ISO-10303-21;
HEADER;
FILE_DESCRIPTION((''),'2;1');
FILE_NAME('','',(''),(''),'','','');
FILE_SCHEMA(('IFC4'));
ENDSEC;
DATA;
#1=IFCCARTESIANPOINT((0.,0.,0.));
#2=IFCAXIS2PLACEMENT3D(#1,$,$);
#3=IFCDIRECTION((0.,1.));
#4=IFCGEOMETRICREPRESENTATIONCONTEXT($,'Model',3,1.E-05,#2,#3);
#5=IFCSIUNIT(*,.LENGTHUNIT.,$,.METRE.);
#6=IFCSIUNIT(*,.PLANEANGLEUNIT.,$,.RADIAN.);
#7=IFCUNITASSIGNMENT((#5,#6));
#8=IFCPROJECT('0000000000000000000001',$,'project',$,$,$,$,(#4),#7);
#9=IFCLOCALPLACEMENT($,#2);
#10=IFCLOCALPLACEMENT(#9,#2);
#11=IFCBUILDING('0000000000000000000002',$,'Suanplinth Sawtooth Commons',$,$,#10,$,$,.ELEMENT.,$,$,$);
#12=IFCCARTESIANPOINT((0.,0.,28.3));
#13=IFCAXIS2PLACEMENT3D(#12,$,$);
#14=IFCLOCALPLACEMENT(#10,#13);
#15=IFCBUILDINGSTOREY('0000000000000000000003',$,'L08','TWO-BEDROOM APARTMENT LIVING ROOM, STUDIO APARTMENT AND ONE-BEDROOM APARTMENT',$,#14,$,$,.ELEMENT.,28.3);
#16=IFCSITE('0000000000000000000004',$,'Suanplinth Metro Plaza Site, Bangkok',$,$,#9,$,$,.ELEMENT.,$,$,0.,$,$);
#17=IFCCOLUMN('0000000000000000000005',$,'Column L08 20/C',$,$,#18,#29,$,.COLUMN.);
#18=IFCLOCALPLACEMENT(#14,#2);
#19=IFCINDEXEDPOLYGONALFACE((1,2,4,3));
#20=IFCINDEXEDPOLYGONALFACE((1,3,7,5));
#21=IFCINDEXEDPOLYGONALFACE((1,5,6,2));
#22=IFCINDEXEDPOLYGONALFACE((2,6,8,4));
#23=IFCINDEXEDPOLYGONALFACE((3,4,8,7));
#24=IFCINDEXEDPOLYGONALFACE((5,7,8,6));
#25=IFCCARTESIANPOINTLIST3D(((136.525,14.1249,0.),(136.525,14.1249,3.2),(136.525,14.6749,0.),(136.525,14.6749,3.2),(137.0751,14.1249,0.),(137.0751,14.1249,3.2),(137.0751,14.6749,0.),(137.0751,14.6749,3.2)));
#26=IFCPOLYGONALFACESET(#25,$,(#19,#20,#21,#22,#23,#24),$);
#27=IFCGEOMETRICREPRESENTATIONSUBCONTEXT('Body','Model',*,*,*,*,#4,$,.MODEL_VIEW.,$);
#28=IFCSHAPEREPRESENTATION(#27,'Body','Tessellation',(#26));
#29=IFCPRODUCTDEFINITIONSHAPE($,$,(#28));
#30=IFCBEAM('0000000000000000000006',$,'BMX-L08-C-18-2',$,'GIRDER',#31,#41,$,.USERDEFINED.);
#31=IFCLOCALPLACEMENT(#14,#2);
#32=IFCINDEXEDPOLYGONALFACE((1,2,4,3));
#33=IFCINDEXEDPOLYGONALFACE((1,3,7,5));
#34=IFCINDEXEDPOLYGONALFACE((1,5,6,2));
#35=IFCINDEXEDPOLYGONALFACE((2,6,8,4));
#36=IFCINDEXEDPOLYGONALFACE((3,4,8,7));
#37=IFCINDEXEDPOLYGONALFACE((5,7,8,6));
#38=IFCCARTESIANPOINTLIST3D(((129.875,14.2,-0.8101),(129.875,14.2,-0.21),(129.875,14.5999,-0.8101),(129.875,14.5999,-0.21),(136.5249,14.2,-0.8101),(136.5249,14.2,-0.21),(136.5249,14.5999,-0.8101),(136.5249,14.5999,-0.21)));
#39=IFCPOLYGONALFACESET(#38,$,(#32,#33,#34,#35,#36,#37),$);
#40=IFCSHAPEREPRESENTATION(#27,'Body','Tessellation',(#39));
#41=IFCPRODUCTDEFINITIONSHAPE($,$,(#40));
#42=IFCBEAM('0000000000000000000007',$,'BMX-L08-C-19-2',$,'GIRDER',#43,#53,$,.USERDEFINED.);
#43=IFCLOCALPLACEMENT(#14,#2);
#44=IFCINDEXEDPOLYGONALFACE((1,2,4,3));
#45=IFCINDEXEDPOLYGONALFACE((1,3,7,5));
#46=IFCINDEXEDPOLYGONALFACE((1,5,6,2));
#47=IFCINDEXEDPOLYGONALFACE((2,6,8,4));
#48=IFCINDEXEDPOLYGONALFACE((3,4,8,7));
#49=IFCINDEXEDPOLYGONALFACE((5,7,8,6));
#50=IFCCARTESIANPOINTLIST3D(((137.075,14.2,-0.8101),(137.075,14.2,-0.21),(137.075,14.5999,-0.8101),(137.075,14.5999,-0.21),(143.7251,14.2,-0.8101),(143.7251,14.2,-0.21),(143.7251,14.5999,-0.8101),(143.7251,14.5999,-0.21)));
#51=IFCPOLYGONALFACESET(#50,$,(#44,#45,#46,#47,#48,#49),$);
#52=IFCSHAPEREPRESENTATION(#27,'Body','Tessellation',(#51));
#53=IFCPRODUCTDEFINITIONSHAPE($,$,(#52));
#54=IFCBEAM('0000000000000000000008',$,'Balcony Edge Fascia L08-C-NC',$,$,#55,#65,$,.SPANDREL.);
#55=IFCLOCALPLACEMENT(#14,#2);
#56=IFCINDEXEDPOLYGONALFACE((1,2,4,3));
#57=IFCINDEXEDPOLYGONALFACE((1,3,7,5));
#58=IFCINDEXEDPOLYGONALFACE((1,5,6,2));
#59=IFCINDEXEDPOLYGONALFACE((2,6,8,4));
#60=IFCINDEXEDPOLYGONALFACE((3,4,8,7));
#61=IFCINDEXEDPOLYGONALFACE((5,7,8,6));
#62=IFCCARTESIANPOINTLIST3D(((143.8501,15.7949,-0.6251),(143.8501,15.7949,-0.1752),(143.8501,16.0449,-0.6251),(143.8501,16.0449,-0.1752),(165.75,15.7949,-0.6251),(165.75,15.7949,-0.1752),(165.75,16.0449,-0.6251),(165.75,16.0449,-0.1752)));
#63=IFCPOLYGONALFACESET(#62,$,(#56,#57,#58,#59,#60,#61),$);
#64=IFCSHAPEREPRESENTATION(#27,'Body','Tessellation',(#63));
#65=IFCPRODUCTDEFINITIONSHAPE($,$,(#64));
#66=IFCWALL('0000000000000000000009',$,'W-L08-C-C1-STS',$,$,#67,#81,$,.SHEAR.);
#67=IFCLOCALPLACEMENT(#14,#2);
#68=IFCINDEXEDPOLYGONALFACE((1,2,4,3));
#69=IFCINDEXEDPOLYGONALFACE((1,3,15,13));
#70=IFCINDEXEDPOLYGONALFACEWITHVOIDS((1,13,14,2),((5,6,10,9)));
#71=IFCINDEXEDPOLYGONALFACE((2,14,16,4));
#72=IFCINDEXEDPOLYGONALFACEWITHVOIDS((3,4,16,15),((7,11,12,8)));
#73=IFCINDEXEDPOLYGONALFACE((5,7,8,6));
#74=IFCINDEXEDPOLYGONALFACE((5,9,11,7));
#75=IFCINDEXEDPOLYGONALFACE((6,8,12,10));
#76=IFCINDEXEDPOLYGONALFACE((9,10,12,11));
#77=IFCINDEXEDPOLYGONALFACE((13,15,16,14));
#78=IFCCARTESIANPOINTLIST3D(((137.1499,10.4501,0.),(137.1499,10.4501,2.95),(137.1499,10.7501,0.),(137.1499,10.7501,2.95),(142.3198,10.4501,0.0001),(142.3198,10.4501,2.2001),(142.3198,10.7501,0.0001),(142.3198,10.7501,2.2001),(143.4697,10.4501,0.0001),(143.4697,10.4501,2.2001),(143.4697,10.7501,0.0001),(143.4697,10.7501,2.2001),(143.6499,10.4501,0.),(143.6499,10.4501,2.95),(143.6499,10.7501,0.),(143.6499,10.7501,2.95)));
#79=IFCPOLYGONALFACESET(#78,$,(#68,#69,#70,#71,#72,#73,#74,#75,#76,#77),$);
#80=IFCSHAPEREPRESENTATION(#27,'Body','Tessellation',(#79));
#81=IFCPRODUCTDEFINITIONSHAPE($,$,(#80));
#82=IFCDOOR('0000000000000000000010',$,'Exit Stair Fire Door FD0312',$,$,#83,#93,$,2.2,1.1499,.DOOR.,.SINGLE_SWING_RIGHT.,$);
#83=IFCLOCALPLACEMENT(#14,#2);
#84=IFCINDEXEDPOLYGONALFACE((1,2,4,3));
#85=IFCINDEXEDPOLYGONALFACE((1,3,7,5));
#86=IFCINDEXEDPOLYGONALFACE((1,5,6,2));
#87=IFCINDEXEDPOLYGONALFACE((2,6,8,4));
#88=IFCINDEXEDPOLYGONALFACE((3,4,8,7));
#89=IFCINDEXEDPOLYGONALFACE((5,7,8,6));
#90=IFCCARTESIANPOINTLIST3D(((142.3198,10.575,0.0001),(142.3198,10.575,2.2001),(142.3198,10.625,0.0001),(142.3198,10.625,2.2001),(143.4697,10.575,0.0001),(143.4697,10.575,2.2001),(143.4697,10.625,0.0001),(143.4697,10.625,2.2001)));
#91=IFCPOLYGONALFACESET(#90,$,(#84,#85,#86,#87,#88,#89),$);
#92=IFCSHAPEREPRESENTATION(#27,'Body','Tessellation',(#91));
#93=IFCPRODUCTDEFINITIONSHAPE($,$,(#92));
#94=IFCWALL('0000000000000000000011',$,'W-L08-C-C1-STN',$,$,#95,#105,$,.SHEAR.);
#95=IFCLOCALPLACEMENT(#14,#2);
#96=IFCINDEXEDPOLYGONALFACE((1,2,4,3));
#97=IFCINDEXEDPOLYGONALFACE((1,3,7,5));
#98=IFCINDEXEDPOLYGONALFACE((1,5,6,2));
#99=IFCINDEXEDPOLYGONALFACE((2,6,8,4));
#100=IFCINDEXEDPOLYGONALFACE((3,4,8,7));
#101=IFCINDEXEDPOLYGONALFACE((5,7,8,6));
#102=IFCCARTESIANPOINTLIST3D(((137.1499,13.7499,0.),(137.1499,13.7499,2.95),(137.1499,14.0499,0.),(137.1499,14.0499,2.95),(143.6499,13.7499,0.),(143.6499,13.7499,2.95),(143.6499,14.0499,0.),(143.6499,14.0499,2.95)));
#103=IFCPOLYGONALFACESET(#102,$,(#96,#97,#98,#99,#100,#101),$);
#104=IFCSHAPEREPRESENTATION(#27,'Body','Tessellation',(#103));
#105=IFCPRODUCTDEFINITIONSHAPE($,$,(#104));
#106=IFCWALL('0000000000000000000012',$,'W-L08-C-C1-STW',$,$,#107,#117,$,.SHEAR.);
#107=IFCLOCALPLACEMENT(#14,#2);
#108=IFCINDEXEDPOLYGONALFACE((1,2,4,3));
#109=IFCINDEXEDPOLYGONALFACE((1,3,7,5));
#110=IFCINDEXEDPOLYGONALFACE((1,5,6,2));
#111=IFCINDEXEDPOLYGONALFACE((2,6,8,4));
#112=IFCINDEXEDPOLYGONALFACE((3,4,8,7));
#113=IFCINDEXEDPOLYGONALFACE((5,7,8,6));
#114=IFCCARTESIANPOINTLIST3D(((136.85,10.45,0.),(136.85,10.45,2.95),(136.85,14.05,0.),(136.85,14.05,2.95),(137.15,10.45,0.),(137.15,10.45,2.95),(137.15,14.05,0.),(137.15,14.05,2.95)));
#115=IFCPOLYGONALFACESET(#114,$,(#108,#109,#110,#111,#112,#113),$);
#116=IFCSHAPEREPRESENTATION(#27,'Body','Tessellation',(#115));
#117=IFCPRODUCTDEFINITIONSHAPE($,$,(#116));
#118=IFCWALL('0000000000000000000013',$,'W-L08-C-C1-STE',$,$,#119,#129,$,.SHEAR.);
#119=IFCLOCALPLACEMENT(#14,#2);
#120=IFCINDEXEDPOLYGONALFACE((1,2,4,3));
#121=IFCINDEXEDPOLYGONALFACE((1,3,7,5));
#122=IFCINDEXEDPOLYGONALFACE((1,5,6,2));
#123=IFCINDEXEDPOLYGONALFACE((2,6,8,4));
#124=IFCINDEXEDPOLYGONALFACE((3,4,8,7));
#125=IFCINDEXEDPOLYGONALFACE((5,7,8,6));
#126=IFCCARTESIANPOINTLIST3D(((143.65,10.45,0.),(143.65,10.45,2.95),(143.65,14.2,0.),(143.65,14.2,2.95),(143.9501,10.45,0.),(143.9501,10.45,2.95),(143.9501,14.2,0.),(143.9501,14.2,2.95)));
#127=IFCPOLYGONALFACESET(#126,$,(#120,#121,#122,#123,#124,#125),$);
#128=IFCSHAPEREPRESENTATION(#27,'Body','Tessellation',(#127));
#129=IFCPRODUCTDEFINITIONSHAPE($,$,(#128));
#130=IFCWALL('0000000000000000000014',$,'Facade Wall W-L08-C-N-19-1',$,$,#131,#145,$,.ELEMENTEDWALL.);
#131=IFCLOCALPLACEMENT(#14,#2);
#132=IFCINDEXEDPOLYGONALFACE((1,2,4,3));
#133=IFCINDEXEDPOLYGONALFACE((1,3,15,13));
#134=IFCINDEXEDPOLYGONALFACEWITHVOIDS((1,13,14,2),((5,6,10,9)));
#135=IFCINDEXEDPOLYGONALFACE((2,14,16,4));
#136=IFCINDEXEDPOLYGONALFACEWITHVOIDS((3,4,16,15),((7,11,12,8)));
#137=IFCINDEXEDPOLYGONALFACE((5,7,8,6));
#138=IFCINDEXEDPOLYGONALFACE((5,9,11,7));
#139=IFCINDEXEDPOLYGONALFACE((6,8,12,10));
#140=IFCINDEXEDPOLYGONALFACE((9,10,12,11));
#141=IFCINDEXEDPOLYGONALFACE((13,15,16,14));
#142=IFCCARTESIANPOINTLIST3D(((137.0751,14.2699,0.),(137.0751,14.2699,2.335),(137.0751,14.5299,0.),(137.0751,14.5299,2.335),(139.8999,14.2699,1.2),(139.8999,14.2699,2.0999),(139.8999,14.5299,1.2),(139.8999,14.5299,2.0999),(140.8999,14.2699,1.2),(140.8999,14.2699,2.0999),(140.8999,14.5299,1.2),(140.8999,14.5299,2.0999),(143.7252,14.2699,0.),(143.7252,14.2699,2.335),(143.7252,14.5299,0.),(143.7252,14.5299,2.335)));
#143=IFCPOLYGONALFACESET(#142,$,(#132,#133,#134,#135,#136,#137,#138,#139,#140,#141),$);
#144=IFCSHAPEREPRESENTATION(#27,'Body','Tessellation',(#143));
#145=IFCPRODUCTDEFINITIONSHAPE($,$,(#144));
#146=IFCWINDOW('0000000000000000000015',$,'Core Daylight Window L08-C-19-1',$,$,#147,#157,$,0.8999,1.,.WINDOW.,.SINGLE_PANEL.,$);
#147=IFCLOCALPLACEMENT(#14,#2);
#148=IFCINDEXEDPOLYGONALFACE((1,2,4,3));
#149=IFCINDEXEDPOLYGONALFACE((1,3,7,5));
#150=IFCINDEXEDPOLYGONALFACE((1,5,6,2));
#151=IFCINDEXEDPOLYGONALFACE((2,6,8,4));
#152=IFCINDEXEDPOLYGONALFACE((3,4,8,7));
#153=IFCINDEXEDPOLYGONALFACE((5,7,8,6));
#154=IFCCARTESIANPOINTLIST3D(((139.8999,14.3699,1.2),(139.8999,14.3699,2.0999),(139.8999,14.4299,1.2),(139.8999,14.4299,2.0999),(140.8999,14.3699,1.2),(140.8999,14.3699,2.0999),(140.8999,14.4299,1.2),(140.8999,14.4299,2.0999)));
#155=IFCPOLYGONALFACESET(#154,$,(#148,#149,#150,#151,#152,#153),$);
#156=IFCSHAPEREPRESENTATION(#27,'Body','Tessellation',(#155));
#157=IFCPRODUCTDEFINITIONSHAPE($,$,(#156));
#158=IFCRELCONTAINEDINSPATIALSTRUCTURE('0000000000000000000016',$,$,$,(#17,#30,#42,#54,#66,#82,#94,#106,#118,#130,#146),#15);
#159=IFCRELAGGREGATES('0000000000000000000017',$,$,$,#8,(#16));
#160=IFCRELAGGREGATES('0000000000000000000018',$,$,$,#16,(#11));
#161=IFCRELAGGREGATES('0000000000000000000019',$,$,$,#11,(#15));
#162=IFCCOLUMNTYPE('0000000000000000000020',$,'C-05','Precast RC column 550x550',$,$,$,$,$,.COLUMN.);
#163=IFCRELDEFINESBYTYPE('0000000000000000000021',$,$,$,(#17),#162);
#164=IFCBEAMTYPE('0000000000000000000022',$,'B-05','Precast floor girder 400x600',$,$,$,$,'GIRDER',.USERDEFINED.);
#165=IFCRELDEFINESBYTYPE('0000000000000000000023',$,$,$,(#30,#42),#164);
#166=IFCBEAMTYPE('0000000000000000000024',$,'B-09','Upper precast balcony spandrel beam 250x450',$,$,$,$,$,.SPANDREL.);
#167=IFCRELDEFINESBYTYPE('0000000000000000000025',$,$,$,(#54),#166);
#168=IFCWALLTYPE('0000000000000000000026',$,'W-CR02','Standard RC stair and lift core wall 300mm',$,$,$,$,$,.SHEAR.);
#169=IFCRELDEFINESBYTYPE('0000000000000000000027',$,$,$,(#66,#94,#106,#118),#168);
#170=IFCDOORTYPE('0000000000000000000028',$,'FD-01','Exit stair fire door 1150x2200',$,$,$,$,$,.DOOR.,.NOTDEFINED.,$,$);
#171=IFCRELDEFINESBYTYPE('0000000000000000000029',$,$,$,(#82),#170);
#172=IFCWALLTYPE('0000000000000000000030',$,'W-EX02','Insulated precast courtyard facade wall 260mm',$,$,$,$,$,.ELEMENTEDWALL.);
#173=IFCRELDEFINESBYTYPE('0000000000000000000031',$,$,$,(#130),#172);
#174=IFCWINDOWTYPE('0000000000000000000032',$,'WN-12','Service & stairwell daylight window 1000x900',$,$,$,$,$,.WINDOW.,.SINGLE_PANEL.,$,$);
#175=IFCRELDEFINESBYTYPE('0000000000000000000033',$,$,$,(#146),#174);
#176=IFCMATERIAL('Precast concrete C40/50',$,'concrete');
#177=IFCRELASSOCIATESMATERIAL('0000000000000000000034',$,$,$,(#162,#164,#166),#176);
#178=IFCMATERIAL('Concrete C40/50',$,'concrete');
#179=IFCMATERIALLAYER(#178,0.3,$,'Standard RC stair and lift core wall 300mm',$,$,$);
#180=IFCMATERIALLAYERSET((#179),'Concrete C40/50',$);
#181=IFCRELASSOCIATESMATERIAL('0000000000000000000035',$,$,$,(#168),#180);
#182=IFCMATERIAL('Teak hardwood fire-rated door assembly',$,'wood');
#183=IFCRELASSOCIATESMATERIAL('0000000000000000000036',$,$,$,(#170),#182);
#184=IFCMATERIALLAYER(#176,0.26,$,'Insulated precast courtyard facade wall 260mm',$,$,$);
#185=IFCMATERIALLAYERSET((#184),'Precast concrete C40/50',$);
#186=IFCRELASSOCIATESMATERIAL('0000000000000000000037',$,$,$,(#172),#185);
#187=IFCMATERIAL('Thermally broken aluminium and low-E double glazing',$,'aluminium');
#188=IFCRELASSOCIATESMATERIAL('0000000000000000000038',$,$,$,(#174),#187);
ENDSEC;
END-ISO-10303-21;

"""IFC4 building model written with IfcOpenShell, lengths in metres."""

from ifc_helpers import new_model, si_unit, direction, frame, frame_2d, origin, origin_2d, place, context, subcontext, project, spatial, rectangle, extrude, material, layer, layer_set, material_profile, profile_set, type_object, element, fill, save


model = new_model("IFC4")

# Units and contexts
model_context = context("Model", 3, precision=1e-05, world=origin(), true_north=direction((0.0, 1.0)))
body_context = subcontext(model_context, "Body", "Model", "MODEL_VIEW")
ifc_project = project(units=[si_unit("LENGTHUNIT", "METRE"), si_unit("PLANEANGLEUNIT", "RADIAN")], contexts=[model_context])

# Site, building, storey
site_placement = place(None, origin())
site = spatial("IfcSite", under=ifc_project, at=site_placement, Name="Suanplinth Metro Plaza Site, Bangkok", CompositionType="ELEMENT", RefElevation=0.0)
building_placement = place(site_placement, origin())
building = spatial("IfcBuilding", under=site, at=building_placement, Name="Suanplinth Sawtooth Commons", CompositionType="ELEMENT")
storey_placement = place(building_placement, frame((0.0, 0.0, 28.3)))
storey = spatial("IfcBuildingStorey", under=building, at=storey_placement, Name="L08", Description="TWO-BEDROOM APARTMENT LIVING ROOM, STUDIO APARTMENT AND ONE-BEDROOM APARTMENT", CompositionType="ELEMENT", Elevation=28.3)

# Column
ifc_material_1 = material(Name="Precast concrete C40/50", Category="concrete")
ifc_material_profile_1 = material_profile(ifc_material_1, rectangle(XDim=0.55, YDim=0.55, at=origin_2d()), Name="PC-COL 550x550")
ifc_profile_set_1 = profile_set([ifc_material_profile_1], Name="Precast concrete C40/50")
column_type = type_object("IfcColumnType", Name="C-05", Description="Precast RC column 550x550", PredefinedType="COLUMN", material=ifc_profile_set_1)
column_placement = place(storey_placement, frame((136.8, 14.3999, 0.0), z_axis=(0.0, 0.0, 1.0), x_axis=(1.0, 0.0, 0.0)))
element("IfcColumn", 1, at=column_placement, inside=storey, type_object=column_type, Name="Column L08 20/C", PredefinedType="COLUMN", context=body_context, shape_type="SweptSolid", body=[
    extrude(rectangle(XDim=0.55, YDim=0.55, at=origin_2d()), origin(), (0.0, 0.0, 1.0), 3.2),
])

# Beams
ifc_material_profile_2 = material_profile(ifc_material_1, rectangle(XDim=0.3999, YDim=0.6001, at=origin_2d()), Name="PC-GDR 400x600")
ifc_profile_set_2 = profile_set([ifc_material_profile_2], Name="Precast concrete C40/50")
beam_type_1 = type_object("IfcBeamType", Name="B-05", Description="Precast floor girder 400x600", ElementType="GIRDER", PredefinedType="USERDEFINED", material=ifc_profile_set_2)
beam_1_placement = place(storey_placement, frame((129.875, 14.3999, -0.51), z_axis=(1.0, 0.0, 0.0), x_axis=(0.0, 1.0, 0.0)))
element("IfcBeam", 2, at=beam_1_placement, inside=storey, type_object=beam_type_1, Name="BMX-L08-C-18-2", ObjectType="GIRDER", PredefinedType="USERDEFINED", context=body_context, shape_type="SweptSolid", body=[
    extrude(rectangle(XDim=0.3999, YDim=0.6001, at=origin_2d()), origin(), (0.0, 0.0, 1.0), 6.6499),
])
beam_2_placement = place(storey_placement, frame((137.075, 14.3999, -0.51), z_axis=(1.0, 0.0, 0.0), x_axis=(0.0, 1.0, 0.0)))
element("IfcBeam", 3, at=beam_2_placement, inside=storey, type_object=beam_type_1, Name="BMX-L08-C-19-2", ObjectType="GIRDER", PredefinedType="USERDEFINED", context=body_context, shape_type="SweptSolid", body=[
    extrude(rectangle(XDim=0.3999, YDim=0.6001, at=origin_2d()), origin(), (0.0, 0.0, 1.0), 6.6501),
])
ifc_material_profile_3 = material_profile(ifc_material_1, rectangle(XDim=0.25, YDim=0.45, at=origin_2d()), Name="PC-SP 250x450")
ifc_profile_set_3 = profile_set([ifc_material_profile_3], Name="Precast concrete C40/50")
beam_type_2 = type_object("IfcBeamType", Name="B-09", Description="Upper precast balcony spandrel beam 250x450", PredefinedType="SPANDREL", material=ifc_profile_set_3)
beam_3_placement = place(storey_placement, frame((143.8501, 15.9199, -0.4001), z_axis=(1.0, 0.0, 0.0), x_axis=(0.0, 1.0, 0.0)))
element("IfcBeam", 4, at=beam_3_placement, inside=storey, type_object=beam_type_2, Name="Balcony Edge Fascia L08-C-NC", PredefinedType="SPANDREL", context=body_context, shape_type="SweptSolid", body=[
    extrude(rectangle(XDim=0.25, YDim=0.45, at=origin_2d()), origin(), (0.0, 0.0, 1.0), 21.8999),
])

# Wall, opening, door
ifc_material_2 = material(Name="Concrete C40/50", Category="concrete")
ifc_layer_1 = layer(ifc_material_2, 0.3, Name="Standard RC stair and lift core wall 300mm")
ifc_layer_set_1 = layer_set([ifc_layer_1], Name="Concrete C40/50")
wall_type_1 = type_object("IfcWallType", Name="W-CR02", Description="Standard RC stair and lift core wall 300mm", PredefinedType="SHEAR", material=ifc_layer_set_1)
wall_1_placement = place(storey_placement, frame((137.1499, 10.6001, 0.0), z_axis=(0.0, 0.0, 1.0), x_axis=(1.0, 0.0, 0.0)))
wall_1 = element("IfcWall", 5, at=wall_1_placement, inside=storey, type_object=wall_type_1, Name="W-L08-C-C1-STS", PredefinedType="SHEAR", context=body_context, shape_type="SweptSolid", body=[
    extrude(rectangle(XDim=6.5, YDim=0.3, at=frame_2d((3.25, 0.0))), origin(), (0.0, 0.0, 1.0), 2.95),
])
opening_1_placement = place(wall_1_placement, frame((5.1699, 0.0, 0.0)))
opening_1 = element("IfcOpeningElement", 6, at=opening_1_placement, cuts=wall_1, PredefinedType="OPENING", context=body_context, shape_type="SweptSolid", body=[
    extrude(rectangle(XDim=1.1499, YDim=2.2, at=frame_2d((0.575, 1.1001))), frame((0.0, 0.165, 0.0), z_axis=(0.0, -1.0, 0.0), x_axis=(1.0, 0.0, 0.0)), (0.0, 0.0, 1.0), 0.3298),
])
ifc_material_3 = material(Name="Teak hardwood fire-rated door assembly", Category="wood")
door_type_1 = type_object("IfcDoorType", Name="FD-01", Description="Exit stair fire door 1150x2200", OperationType="NOTDEFINED", PredefinedType="DOOR", material=ifc_material_3)
door_1_placement = place(opening_1_placement, origin())
door_1 = element("IfcDoor", 7, at=door_1_placement, inside=storey, type_object=door_type_1, Name="Exit Stair Fire Door FD0312", OperationType="SINGLE_SWING_RIGHT", OverallHeight=2.2, OverallWidth=1.1499, PredefinedType="DOOR", context=body_context, shape_type="SweptSolid", body=[
    extrude(rectangle(XDim=1.1499, YDim=2.2, at=frame_2d((0.575, 1.1001))), frame((0.0, 0.0249, 0.0), z_axis=(0.0, -1.0, 0.0), x_axis=(1.0, 0.0, 0.0)), (0.0, 0.0, 1.0), 0.05),
])
fill(opening_1, door_1)

# Walls
wall_2_placement = place(storey_placement, frame((137.1499, 13.8999, 0.0), z_axis=(0.0, 0.0, 1.0), x_axis=(1.0, 0.0, 0.0)))
element("IfcWall", 8, at=wall_2_placement, inside=storey, type_object=wall_type_1, Name="W-L08-C-C1-STN", PredefinedType="SHEAR", context=body_context, shape_type="SweptSolid", body=[
    extrude(rectangle(XDim=6.5, YDim=0.3, at=frame_2d((3.25, 0.0))), origin(), (0.0, 0.0, 1.0), 2.95),
])
wall_3_placement = place(storey_placement, frame((137.0, 10.45, 0.0), z_axis=(0.0, 0.0, 1.0), x_axis=(0.0, 1.0, 0.0)))
element("IfcWall", 9, at=wall_3_placement, inside=storey, type_object=wall_type_1, Name="W-L08-C-C1-STW", PredefinedType="SHEAR", context=body_context, shape_type="SweptSolid", body=[
    extrude(rectangle(XDim=3.6001, YDim=0.3, at=frame_2d((1.8, 0.0))), origin(), (0.0, 0.0, 1.0), 2.95),
])
wall_4_placement = place(storey_placement, frame((143.8, 10.45, 0.0), z_axis=(0.0, 0.0, 1.0), x_axis=(0.0, 1.0, 0.0)))
element("IfcWall", 10, at=wall_4_placement, inside=storey, type_object=wall_type_1, Name="W-L08-C-C1-STE", PredefinedType="SHEAR", context=body_context, shape_type="SweptSolid", body=[
    extrude(rectangle(XDim=3.75, YDim=0.3, at=frame_2d((1.875, 0.0))), origin(), (0.0, 0.0, 1.0), 2.95),
])

# Wall, opening, window
ifc_layer_2 = layer(ifc_material_1, 0.26, Name="Insulated precast courtyard facade wall 260mm")
ifc_layer_set_2 = layer_set([ifc_layer_2], Name="Precast concrete C40/50")
wall_type_2 = type_object("IfcWallType", Name="W-EX02", Description="Insulated precast courtyard facade wall 260mm", PredefinedType="ELEMENTEDWALL", material=ifc_layer_set_2)
wall_5_placement = place(storey_placement, frame((137.075, 14.3999, 0.0), z_axis=(0.0, 0.0, 1.0), x_axis=(1.0, 0.0, 0.0)))
wall_5 = element("IfcWall", 11, at=wall_5_placement, inside=storey, type_object=wall_type_2, Name="Facade Wall W-L08-C-N-19-1", PredefinedType="ELEMENTEDWALL", context=body_context, shape_type="SweptSolid", body=[
    extrude(rectangle(XDim=6.6501, YDim=0.26, at=frame_2d((3.3252, 0.0))), origin(), (0.0, 0.0, 1.0), 2.335),
])
opening_2_placement = place(wall_5_placement, frame((2.825, 0.0, 1.2)))
opening_2 = element("IfcOpeningElement", 12, at=opening_2_placement, cuts=wall_5, PredefinedType="OPENING", context=body_context, shape_type="SweptSolid", body=[
    extrude(rectangle(XDim=1.0, YDim=0.8999, at=frame_2d((0.5, 0.45))), frame((0.0, 0.145, 0.0), z_axis=(0.0, -1.0, 0.0), x_axis=(1.0, 0.0, 0.0)), (0.0, 0.0, 1.0), 0.2898),
])
ifc_material_4 = material(Name="Thermally broken aluminium and low-E double glazing", Category="aluminium")
window_type = type_object("IfcWindowType", Name="WN-12", Description="Service & stairwell daylight window 1000x900", PartitioningType="SINGLE_PANEL", PredefinedType="WINDOW", material=ifc_material_4)
window_placement = place(opening_2_placement, origin())
window = element("IfcWindow", 13, at=window_placement, inside=storey, type_object=window_type, Name="Core Daylight Window L08-C-19-1", OverallHeight=0.8999, OverallWidth=1.0, PartitioningType="SINGLE_PANEL", PredefinedType="WINDOW", context=body_context, shape_type="SweptSolid", body=[
    extrude(rectangle(XDim=1.0, YDim=0.8999, at=frame_2d((0.5, 0.45))), frame((0.0, 0.03, 0.0), z_axis=(0.0, -1.0, 0.0), x_axis=(1.0, 0.0, 0.0)), (0.0, 0.0, 1.0), 0.0601),
])
fill(opening_2, window)

save(model, "model.ifc")
